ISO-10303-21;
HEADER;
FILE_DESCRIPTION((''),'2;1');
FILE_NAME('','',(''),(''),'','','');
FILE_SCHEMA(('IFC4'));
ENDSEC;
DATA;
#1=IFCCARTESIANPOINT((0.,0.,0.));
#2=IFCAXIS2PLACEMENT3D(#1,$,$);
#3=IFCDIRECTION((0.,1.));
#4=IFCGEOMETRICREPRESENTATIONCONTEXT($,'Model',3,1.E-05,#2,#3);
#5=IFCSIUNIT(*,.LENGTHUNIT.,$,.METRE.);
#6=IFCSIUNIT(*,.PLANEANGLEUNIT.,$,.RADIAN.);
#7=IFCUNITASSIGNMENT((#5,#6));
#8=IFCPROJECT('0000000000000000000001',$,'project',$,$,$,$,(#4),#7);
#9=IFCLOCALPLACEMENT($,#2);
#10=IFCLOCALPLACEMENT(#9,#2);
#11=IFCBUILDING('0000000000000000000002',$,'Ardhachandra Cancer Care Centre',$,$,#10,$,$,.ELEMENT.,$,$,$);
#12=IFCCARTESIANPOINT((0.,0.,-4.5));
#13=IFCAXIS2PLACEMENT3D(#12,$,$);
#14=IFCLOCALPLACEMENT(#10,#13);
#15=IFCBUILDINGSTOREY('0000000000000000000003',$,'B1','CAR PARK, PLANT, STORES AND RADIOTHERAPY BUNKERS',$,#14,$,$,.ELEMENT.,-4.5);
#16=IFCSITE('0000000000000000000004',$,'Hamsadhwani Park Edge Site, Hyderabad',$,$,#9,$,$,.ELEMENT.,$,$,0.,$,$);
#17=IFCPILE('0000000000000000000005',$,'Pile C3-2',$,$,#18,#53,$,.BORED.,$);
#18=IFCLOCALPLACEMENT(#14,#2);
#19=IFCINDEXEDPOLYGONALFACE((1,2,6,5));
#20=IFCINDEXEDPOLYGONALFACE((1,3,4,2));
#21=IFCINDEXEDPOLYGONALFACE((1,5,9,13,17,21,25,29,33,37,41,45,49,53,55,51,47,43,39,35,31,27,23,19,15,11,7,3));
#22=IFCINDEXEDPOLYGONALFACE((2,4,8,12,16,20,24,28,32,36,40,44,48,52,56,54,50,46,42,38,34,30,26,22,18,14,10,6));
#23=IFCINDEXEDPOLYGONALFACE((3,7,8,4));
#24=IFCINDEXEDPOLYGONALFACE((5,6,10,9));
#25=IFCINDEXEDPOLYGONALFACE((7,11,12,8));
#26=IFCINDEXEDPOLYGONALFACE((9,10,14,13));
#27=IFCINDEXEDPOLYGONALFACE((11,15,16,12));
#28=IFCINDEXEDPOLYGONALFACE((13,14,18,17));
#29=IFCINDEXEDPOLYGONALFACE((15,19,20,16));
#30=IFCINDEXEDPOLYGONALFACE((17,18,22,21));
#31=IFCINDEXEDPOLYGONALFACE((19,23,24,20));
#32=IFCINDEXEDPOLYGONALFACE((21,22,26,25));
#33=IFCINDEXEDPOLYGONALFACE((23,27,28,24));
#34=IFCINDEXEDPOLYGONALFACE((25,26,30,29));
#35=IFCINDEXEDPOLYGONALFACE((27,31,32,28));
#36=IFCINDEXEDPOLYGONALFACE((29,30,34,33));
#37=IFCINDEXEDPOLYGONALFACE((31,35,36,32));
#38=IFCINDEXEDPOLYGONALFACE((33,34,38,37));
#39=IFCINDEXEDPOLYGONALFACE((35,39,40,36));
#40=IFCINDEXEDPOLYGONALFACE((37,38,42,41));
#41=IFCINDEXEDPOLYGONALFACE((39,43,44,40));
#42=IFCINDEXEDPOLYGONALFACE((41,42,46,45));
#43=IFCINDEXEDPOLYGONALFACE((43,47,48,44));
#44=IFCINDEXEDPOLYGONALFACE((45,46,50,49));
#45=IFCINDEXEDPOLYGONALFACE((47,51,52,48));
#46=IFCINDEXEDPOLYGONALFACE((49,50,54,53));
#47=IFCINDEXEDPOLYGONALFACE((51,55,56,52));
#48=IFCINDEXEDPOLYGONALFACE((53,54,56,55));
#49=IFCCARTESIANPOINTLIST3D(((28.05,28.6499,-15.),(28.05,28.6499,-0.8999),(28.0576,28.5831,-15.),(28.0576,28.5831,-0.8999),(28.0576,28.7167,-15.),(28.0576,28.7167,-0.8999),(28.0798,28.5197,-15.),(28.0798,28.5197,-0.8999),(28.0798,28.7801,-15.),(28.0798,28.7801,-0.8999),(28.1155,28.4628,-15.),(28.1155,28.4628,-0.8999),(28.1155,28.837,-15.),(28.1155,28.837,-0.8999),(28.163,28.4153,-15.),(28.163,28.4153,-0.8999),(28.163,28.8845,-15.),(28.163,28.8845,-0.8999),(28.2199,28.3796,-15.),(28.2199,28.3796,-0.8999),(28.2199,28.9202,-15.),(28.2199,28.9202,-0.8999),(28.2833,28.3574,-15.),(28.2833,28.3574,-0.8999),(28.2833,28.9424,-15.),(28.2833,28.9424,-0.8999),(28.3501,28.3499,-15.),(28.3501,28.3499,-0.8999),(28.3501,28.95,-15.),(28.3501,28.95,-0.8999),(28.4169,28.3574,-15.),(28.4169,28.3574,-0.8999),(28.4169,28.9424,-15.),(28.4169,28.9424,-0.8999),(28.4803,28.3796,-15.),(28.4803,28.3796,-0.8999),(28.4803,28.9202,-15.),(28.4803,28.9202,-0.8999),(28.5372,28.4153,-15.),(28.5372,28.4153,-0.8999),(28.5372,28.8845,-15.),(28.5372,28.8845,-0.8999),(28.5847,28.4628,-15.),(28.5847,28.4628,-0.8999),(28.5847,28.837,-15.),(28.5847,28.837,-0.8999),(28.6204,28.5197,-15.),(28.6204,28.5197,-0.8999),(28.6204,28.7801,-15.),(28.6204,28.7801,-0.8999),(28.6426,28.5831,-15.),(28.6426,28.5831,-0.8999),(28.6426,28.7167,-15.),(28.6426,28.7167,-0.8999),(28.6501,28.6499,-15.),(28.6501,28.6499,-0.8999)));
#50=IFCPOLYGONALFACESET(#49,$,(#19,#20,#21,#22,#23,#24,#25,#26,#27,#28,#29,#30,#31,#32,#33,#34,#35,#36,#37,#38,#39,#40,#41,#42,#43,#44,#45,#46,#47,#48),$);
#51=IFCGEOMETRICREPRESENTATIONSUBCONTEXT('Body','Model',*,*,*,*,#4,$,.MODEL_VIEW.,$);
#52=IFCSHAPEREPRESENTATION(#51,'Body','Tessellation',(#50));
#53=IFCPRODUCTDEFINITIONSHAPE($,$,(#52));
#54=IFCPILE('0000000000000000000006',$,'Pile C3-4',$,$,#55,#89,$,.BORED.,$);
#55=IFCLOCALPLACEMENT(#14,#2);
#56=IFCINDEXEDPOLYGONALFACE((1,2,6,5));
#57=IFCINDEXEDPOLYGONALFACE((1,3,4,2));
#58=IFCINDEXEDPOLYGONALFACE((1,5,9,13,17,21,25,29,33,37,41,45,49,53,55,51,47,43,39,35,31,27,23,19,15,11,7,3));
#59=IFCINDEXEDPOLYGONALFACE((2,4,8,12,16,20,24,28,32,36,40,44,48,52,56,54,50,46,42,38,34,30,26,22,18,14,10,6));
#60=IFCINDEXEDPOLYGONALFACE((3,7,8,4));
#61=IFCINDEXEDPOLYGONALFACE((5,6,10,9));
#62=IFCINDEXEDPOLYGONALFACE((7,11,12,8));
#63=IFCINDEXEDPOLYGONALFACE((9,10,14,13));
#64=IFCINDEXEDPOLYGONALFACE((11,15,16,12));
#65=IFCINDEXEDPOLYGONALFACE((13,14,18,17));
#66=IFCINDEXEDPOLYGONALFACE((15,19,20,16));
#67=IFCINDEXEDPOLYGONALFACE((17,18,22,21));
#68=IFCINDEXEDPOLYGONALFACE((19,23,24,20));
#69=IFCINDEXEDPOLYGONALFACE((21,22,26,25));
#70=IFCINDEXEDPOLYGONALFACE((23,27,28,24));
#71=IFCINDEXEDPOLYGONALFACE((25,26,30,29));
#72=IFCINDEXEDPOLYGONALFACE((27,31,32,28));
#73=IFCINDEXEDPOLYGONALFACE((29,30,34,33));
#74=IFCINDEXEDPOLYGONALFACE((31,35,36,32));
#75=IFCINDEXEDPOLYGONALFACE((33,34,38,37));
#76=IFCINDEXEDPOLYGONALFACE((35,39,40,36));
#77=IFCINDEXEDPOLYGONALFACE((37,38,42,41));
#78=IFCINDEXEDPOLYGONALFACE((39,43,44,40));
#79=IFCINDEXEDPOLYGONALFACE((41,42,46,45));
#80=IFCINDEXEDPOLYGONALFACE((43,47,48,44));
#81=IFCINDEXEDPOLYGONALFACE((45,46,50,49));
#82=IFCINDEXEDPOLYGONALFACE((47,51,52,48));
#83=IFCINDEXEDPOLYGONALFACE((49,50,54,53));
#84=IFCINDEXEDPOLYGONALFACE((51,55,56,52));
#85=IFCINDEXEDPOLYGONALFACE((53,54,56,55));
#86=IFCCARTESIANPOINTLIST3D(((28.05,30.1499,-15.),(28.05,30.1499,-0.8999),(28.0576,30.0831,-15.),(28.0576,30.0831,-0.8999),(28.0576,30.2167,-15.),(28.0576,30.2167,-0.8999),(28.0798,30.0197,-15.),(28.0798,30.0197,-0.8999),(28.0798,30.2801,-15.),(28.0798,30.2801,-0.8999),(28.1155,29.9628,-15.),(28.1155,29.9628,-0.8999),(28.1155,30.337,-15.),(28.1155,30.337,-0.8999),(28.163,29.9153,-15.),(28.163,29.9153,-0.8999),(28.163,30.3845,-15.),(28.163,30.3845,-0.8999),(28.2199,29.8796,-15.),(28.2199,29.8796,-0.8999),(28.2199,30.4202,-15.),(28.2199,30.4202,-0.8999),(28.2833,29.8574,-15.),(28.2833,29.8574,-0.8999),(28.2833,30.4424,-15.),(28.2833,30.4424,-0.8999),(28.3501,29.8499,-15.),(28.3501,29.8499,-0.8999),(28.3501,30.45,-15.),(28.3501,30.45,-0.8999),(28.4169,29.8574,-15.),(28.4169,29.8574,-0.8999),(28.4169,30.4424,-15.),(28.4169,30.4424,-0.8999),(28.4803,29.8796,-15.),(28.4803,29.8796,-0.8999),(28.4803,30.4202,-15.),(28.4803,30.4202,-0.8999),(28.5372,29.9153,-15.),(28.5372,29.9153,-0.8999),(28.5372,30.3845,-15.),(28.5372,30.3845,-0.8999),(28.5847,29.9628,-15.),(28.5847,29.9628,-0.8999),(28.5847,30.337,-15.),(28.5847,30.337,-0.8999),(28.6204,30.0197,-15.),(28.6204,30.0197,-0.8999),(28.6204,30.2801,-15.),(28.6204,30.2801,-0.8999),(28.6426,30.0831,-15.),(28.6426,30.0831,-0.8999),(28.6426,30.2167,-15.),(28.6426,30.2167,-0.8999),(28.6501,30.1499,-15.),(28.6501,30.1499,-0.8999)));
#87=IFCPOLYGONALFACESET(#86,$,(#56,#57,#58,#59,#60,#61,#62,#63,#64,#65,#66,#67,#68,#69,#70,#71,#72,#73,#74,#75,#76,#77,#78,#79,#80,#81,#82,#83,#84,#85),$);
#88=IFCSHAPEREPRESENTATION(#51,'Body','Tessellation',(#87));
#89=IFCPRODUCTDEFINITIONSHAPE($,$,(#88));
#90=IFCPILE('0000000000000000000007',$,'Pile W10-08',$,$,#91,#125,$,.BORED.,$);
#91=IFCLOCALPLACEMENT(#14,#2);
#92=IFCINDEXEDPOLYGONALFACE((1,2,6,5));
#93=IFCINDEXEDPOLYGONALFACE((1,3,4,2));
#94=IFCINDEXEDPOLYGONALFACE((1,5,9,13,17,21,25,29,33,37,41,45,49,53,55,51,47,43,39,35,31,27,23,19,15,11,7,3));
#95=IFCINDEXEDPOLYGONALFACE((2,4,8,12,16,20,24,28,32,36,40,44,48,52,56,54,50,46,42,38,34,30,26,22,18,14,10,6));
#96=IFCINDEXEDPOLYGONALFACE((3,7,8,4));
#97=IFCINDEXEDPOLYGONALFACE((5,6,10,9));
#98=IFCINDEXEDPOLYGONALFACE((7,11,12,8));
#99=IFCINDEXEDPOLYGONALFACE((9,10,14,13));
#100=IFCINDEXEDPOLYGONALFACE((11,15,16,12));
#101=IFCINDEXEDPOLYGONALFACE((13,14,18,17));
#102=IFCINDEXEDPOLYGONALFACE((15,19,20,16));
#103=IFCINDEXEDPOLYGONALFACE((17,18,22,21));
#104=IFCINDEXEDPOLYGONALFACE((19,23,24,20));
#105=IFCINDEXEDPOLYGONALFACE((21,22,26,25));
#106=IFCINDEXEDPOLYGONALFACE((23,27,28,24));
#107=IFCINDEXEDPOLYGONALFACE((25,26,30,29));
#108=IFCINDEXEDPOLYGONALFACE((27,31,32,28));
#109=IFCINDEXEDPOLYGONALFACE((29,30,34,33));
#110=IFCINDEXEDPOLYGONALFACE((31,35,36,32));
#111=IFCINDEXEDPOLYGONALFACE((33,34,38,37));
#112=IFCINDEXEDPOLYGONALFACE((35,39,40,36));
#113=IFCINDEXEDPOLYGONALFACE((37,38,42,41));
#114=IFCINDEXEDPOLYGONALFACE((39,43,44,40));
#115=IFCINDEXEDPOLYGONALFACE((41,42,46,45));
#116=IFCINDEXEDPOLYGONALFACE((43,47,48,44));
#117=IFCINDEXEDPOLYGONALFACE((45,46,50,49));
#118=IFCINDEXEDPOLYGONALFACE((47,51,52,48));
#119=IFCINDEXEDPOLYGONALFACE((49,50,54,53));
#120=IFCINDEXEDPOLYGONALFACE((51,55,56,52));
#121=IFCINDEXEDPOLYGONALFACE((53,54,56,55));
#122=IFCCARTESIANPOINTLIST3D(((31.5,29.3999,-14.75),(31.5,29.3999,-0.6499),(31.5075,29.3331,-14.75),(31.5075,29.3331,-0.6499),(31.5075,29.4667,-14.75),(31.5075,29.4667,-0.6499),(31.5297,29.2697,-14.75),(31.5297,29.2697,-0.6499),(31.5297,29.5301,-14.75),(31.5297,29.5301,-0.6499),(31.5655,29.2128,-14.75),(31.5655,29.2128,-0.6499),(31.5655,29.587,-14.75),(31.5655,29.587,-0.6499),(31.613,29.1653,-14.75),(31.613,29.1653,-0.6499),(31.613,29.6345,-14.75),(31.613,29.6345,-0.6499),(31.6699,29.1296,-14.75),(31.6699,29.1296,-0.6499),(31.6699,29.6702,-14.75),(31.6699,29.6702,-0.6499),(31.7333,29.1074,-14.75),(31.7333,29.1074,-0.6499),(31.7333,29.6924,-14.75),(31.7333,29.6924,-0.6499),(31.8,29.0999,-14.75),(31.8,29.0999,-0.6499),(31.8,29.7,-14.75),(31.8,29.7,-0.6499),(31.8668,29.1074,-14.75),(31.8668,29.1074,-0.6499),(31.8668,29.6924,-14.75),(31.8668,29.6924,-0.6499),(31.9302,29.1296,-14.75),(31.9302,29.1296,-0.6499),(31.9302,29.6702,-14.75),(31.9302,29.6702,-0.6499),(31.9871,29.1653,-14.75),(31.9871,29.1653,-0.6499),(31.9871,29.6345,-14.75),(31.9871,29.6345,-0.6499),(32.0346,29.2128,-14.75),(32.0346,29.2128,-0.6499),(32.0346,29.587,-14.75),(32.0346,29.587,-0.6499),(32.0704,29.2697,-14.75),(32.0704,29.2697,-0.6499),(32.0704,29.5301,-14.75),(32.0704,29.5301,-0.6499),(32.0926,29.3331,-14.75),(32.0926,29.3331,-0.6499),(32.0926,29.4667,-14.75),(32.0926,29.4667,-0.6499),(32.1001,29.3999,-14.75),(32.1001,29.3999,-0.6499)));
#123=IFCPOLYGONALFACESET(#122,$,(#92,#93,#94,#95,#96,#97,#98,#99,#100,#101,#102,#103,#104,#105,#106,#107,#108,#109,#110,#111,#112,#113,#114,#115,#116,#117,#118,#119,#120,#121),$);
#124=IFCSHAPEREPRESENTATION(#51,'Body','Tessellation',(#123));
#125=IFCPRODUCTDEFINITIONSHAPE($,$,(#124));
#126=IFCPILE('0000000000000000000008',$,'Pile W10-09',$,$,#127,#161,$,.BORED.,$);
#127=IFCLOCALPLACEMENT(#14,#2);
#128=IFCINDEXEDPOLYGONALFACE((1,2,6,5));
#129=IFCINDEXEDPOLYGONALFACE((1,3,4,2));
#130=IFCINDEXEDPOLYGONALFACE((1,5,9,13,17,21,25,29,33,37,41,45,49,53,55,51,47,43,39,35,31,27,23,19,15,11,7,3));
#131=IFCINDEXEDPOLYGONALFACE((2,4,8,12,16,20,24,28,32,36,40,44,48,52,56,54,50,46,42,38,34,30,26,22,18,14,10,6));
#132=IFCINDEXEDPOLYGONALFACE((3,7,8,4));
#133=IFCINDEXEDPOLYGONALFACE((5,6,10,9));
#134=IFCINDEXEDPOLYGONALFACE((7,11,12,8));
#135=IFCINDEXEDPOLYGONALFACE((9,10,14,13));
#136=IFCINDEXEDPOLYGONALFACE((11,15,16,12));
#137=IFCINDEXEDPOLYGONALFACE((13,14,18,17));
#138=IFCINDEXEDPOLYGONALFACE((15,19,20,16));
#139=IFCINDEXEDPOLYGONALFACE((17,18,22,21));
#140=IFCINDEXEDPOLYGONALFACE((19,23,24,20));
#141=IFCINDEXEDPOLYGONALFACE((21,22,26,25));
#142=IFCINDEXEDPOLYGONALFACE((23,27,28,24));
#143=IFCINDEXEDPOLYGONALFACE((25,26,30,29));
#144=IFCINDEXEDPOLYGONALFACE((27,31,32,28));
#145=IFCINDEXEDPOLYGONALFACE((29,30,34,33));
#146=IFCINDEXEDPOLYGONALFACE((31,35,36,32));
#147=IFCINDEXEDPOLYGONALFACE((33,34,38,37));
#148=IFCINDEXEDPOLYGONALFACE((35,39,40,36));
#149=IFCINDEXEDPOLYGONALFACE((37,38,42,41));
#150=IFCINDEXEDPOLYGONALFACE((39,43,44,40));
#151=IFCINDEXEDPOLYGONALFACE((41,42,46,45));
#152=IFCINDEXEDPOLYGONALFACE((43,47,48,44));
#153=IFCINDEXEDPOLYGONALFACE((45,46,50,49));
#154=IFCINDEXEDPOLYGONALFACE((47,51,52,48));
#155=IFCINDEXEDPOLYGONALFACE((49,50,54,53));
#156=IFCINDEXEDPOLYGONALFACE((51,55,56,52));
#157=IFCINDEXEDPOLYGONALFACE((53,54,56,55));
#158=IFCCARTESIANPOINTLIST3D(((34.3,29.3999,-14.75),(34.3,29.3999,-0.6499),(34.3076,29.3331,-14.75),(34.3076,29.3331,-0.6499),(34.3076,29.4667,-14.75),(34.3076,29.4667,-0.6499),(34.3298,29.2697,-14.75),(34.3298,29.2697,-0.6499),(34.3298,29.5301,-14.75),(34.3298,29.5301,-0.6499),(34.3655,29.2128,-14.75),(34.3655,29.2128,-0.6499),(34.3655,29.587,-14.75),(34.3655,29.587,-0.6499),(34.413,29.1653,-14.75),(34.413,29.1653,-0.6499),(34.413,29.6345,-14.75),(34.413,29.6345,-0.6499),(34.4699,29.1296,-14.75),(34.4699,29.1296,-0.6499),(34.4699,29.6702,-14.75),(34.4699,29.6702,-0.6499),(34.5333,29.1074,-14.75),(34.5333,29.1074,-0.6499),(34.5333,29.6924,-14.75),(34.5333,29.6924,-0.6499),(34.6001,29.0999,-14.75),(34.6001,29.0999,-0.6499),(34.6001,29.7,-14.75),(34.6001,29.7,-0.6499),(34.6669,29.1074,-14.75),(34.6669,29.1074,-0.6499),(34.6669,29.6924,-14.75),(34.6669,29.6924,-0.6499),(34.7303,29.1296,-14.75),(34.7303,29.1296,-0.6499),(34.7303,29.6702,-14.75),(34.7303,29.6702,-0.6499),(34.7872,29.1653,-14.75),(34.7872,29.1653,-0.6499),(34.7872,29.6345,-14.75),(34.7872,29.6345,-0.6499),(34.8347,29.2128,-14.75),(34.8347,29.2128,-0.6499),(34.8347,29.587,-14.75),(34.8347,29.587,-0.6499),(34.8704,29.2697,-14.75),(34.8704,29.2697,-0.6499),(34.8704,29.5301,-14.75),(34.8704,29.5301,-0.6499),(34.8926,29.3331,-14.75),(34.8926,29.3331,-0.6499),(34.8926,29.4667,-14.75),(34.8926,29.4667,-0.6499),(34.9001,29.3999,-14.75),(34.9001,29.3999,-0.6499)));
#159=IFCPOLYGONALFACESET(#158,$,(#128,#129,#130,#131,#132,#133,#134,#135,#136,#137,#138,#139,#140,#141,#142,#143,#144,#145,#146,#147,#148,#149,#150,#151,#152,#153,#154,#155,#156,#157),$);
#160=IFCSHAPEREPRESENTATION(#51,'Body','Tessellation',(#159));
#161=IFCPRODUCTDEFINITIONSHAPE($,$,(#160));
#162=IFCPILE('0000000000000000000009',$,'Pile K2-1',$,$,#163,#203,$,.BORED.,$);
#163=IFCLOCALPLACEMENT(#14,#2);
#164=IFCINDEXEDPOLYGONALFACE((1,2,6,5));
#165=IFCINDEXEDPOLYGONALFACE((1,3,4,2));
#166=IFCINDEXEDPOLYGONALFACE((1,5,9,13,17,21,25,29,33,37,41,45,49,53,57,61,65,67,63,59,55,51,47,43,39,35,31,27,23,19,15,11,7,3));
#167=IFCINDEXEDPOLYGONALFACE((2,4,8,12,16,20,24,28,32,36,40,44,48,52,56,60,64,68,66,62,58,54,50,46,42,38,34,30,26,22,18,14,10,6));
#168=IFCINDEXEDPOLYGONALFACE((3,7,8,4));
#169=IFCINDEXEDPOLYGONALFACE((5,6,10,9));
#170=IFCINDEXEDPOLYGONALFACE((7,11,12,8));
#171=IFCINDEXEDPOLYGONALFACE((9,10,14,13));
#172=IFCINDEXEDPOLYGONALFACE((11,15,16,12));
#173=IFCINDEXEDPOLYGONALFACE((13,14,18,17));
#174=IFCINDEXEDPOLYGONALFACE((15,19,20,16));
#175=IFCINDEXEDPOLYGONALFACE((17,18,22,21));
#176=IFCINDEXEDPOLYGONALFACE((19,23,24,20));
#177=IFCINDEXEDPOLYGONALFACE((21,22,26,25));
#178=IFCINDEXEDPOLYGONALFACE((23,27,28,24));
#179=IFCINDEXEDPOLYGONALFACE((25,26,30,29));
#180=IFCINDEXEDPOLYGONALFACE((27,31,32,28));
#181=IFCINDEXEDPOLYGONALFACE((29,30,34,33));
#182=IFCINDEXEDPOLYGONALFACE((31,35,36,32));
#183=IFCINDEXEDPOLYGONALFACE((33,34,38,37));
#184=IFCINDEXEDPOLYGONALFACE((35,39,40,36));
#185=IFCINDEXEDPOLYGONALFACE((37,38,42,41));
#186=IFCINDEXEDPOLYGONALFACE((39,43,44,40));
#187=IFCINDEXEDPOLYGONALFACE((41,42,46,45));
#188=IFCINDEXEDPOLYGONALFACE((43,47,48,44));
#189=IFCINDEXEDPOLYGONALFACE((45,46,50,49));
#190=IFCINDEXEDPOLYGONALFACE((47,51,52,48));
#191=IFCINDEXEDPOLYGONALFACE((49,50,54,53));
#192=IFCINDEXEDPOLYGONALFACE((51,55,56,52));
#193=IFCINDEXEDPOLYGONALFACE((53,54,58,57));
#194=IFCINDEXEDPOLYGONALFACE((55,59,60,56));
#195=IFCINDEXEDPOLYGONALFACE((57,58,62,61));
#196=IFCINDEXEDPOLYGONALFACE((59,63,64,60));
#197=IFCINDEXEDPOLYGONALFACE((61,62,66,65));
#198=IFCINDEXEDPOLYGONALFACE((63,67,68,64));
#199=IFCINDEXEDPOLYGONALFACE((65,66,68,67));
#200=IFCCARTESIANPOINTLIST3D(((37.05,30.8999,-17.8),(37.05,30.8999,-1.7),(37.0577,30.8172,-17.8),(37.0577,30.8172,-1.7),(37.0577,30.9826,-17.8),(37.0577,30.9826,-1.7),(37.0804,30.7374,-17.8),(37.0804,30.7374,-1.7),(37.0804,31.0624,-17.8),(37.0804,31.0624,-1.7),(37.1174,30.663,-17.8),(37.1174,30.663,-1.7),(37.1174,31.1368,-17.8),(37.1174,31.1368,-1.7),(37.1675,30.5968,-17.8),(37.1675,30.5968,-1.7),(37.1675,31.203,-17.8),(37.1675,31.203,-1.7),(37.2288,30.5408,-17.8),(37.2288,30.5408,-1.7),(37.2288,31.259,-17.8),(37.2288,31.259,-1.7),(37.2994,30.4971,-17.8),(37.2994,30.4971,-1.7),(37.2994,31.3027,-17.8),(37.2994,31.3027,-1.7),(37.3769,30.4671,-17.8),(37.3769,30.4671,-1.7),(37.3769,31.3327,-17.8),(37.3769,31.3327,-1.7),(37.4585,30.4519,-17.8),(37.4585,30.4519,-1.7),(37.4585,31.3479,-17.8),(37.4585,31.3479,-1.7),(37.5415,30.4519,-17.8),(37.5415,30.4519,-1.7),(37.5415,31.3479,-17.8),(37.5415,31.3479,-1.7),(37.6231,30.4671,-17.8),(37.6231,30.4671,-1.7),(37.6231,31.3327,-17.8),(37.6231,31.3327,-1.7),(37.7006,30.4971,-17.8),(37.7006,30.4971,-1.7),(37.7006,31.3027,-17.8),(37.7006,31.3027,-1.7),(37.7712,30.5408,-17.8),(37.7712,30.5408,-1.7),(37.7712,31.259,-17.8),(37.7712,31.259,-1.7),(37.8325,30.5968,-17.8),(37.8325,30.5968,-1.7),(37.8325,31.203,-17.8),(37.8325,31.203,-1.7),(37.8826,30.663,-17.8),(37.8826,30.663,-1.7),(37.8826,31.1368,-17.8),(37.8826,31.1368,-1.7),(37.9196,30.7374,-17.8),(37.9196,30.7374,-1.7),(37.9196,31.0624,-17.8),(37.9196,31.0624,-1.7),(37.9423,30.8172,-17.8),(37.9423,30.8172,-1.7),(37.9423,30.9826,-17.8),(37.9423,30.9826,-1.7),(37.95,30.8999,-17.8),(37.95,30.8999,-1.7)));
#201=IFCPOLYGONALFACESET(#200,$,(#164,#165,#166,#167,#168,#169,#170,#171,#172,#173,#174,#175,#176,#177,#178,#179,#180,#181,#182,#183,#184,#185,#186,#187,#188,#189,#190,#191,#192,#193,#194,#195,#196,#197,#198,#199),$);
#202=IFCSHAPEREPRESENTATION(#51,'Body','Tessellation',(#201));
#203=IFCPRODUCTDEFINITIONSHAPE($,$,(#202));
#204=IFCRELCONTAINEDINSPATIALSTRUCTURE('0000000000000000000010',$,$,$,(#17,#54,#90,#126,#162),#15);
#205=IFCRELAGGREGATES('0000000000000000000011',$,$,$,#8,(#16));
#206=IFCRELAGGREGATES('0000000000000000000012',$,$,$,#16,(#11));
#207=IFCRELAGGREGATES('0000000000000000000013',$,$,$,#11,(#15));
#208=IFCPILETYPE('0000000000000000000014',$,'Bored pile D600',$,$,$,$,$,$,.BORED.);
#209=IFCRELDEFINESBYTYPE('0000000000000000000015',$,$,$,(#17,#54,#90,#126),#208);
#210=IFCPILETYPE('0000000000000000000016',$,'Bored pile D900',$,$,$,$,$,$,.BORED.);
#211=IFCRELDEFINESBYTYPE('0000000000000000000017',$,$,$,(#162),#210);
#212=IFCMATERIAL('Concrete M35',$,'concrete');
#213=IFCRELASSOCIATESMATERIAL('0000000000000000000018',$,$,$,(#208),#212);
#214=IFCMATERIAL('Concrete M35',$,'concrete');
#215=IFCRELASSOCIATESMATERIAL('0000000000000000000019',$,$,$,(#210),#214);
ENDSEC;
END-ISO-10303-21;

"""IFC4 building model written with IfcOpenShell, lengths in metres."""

from ifc_helpers import new_model, si_unit, direction, frame, origin, origin_2d, place, context, subcontext, project, spatial, circle, extrude, material, material_profile, profile_set, type_object, element, save


model = new_model("IFC4")

# Units and contexts
model_context = context("Model", 3, precision=1e-05, world=origin(), true_north=direction((0.0, 1.0)))
body_context = subcontext(model_context, "Body", "Model", "MODEL_VIEW")
ifc_project = project(units=[si_unit("LENGTHUNIT", "METRE"), si_unit("PLANEANGLEUNIT", "RADIAN")], contexts=[model_context])

# Site, building, storey
site_placement = place(None, origin())
site = spatial("IfcSite", under=ifc_project, at=site_placement, Name="Hamsadhwani Park Edge Site, Hyderabad", CompositionType="ELEMENT", RefElevation=0.0)
building_placement = place(site_placement, origin())
building = spatial("IfcBuilding", under=site, at=building_placement, Name="Ardhachandra Cancer Care Centre", CompositionType="ELEMENT")
storey_placement = place(building_placement, frame((0.0, 0.0, -4.5)))
storey = spatial("IfcBuildingStorey", under=building, at=storey_placement, Name="B1", Description="CAR PARK, PLANT, STORES AND RADIOTHERAPY BUNKERS", CompositionType="ELEMENT", Elevation=-4.5)

# Piles
ifc_material_1 = material(Name="Concrete M35", Category="concrete")
ifc_material_profile_1 = material_profile(ifc_material_1, circle(Radius=0.3, at=origin_2d()), Name="D600")
ifc_profile_set_1 = profile_set([ifc_material_profile_1], Name="Concrete M35")
pile_type_1 = type_object("IfcPileType", Name="Bored pile D600", PredefinedType="BORED", material=ifc_profile_set_1)
for number, where, z_axis, x_axis, name in (
    (1, (28.3501, 28.6499, -0.8999), (0.0, 0.0, -1.0), (1.0, 0.0, 0.0), "Pile C3-2"),
    (2, (28.3501, 30.1499, -0.8999), (0.0, 0.0, -1.0), (1.0, 0.0, 0.0), "Pile C3-4"),
    (3, (31.8, 29.3999, -0.6499), (0.0, 0.0, -1.0), (1.0, 0.0, 0.0), "Pile W10-08"),
    (4, (34.6001, 29.3999, -0.6499), (0.0, 0.0, -1.0), (1.0, 0.0, 0.0), "Pile W10-09"),
):
    element("IfcPile", number, at=place(storey_placement, frame(where, z_axis=z_axis, x_axis=x_axis)), inside=storey, type_object=pile_type_1, Name=name, PredefinedType="BORED", context=body_context, shape_type="SweptSolid", body=[
        extrude(circle(Radius=0.3, at=origin_2d()), origin(), (0.0, 0.0, 1.0), 14.1001),
    ])
ifc_material_2 = material(Name="Concrete M35", Category="concrete")
ifc_material_profile_2 = material_profile(ifc_material_2, circle(Radius=0.45, at=origin_2d()), Name="D900")
ifc_profile_set_2 = profile_set([ifc_material_profile_2], Name="Concrete M35")
pile_type_2 = type_object("IfcPileType", Name="Bored pile D900", PredefinedType="BORED", material=ifc_profile_set_2)
for number, where, z_axis, x_axis, name in (
    (5, (37.5, 30.8999, -1.7), (0.0, 0.0, -1.0), (1.0, 0.0, 0.0), "Pile K2-1"),
):
    element("IfcPile", number, at=place(storey_placement, frame(where, z_axis=z_axis, x_axis=x_axis)), inside=storey, type_object=pile_type_2, Name=name, PredefinedType="BORED", context=body_context, shape_type="SweptSolid", body=[
        extrude(circle(Radius=0.45, at=origin_2d()), origin(), (0.0, 0.0, 1.0), 16.1001),
    ])

save(model, "model.ifc")
